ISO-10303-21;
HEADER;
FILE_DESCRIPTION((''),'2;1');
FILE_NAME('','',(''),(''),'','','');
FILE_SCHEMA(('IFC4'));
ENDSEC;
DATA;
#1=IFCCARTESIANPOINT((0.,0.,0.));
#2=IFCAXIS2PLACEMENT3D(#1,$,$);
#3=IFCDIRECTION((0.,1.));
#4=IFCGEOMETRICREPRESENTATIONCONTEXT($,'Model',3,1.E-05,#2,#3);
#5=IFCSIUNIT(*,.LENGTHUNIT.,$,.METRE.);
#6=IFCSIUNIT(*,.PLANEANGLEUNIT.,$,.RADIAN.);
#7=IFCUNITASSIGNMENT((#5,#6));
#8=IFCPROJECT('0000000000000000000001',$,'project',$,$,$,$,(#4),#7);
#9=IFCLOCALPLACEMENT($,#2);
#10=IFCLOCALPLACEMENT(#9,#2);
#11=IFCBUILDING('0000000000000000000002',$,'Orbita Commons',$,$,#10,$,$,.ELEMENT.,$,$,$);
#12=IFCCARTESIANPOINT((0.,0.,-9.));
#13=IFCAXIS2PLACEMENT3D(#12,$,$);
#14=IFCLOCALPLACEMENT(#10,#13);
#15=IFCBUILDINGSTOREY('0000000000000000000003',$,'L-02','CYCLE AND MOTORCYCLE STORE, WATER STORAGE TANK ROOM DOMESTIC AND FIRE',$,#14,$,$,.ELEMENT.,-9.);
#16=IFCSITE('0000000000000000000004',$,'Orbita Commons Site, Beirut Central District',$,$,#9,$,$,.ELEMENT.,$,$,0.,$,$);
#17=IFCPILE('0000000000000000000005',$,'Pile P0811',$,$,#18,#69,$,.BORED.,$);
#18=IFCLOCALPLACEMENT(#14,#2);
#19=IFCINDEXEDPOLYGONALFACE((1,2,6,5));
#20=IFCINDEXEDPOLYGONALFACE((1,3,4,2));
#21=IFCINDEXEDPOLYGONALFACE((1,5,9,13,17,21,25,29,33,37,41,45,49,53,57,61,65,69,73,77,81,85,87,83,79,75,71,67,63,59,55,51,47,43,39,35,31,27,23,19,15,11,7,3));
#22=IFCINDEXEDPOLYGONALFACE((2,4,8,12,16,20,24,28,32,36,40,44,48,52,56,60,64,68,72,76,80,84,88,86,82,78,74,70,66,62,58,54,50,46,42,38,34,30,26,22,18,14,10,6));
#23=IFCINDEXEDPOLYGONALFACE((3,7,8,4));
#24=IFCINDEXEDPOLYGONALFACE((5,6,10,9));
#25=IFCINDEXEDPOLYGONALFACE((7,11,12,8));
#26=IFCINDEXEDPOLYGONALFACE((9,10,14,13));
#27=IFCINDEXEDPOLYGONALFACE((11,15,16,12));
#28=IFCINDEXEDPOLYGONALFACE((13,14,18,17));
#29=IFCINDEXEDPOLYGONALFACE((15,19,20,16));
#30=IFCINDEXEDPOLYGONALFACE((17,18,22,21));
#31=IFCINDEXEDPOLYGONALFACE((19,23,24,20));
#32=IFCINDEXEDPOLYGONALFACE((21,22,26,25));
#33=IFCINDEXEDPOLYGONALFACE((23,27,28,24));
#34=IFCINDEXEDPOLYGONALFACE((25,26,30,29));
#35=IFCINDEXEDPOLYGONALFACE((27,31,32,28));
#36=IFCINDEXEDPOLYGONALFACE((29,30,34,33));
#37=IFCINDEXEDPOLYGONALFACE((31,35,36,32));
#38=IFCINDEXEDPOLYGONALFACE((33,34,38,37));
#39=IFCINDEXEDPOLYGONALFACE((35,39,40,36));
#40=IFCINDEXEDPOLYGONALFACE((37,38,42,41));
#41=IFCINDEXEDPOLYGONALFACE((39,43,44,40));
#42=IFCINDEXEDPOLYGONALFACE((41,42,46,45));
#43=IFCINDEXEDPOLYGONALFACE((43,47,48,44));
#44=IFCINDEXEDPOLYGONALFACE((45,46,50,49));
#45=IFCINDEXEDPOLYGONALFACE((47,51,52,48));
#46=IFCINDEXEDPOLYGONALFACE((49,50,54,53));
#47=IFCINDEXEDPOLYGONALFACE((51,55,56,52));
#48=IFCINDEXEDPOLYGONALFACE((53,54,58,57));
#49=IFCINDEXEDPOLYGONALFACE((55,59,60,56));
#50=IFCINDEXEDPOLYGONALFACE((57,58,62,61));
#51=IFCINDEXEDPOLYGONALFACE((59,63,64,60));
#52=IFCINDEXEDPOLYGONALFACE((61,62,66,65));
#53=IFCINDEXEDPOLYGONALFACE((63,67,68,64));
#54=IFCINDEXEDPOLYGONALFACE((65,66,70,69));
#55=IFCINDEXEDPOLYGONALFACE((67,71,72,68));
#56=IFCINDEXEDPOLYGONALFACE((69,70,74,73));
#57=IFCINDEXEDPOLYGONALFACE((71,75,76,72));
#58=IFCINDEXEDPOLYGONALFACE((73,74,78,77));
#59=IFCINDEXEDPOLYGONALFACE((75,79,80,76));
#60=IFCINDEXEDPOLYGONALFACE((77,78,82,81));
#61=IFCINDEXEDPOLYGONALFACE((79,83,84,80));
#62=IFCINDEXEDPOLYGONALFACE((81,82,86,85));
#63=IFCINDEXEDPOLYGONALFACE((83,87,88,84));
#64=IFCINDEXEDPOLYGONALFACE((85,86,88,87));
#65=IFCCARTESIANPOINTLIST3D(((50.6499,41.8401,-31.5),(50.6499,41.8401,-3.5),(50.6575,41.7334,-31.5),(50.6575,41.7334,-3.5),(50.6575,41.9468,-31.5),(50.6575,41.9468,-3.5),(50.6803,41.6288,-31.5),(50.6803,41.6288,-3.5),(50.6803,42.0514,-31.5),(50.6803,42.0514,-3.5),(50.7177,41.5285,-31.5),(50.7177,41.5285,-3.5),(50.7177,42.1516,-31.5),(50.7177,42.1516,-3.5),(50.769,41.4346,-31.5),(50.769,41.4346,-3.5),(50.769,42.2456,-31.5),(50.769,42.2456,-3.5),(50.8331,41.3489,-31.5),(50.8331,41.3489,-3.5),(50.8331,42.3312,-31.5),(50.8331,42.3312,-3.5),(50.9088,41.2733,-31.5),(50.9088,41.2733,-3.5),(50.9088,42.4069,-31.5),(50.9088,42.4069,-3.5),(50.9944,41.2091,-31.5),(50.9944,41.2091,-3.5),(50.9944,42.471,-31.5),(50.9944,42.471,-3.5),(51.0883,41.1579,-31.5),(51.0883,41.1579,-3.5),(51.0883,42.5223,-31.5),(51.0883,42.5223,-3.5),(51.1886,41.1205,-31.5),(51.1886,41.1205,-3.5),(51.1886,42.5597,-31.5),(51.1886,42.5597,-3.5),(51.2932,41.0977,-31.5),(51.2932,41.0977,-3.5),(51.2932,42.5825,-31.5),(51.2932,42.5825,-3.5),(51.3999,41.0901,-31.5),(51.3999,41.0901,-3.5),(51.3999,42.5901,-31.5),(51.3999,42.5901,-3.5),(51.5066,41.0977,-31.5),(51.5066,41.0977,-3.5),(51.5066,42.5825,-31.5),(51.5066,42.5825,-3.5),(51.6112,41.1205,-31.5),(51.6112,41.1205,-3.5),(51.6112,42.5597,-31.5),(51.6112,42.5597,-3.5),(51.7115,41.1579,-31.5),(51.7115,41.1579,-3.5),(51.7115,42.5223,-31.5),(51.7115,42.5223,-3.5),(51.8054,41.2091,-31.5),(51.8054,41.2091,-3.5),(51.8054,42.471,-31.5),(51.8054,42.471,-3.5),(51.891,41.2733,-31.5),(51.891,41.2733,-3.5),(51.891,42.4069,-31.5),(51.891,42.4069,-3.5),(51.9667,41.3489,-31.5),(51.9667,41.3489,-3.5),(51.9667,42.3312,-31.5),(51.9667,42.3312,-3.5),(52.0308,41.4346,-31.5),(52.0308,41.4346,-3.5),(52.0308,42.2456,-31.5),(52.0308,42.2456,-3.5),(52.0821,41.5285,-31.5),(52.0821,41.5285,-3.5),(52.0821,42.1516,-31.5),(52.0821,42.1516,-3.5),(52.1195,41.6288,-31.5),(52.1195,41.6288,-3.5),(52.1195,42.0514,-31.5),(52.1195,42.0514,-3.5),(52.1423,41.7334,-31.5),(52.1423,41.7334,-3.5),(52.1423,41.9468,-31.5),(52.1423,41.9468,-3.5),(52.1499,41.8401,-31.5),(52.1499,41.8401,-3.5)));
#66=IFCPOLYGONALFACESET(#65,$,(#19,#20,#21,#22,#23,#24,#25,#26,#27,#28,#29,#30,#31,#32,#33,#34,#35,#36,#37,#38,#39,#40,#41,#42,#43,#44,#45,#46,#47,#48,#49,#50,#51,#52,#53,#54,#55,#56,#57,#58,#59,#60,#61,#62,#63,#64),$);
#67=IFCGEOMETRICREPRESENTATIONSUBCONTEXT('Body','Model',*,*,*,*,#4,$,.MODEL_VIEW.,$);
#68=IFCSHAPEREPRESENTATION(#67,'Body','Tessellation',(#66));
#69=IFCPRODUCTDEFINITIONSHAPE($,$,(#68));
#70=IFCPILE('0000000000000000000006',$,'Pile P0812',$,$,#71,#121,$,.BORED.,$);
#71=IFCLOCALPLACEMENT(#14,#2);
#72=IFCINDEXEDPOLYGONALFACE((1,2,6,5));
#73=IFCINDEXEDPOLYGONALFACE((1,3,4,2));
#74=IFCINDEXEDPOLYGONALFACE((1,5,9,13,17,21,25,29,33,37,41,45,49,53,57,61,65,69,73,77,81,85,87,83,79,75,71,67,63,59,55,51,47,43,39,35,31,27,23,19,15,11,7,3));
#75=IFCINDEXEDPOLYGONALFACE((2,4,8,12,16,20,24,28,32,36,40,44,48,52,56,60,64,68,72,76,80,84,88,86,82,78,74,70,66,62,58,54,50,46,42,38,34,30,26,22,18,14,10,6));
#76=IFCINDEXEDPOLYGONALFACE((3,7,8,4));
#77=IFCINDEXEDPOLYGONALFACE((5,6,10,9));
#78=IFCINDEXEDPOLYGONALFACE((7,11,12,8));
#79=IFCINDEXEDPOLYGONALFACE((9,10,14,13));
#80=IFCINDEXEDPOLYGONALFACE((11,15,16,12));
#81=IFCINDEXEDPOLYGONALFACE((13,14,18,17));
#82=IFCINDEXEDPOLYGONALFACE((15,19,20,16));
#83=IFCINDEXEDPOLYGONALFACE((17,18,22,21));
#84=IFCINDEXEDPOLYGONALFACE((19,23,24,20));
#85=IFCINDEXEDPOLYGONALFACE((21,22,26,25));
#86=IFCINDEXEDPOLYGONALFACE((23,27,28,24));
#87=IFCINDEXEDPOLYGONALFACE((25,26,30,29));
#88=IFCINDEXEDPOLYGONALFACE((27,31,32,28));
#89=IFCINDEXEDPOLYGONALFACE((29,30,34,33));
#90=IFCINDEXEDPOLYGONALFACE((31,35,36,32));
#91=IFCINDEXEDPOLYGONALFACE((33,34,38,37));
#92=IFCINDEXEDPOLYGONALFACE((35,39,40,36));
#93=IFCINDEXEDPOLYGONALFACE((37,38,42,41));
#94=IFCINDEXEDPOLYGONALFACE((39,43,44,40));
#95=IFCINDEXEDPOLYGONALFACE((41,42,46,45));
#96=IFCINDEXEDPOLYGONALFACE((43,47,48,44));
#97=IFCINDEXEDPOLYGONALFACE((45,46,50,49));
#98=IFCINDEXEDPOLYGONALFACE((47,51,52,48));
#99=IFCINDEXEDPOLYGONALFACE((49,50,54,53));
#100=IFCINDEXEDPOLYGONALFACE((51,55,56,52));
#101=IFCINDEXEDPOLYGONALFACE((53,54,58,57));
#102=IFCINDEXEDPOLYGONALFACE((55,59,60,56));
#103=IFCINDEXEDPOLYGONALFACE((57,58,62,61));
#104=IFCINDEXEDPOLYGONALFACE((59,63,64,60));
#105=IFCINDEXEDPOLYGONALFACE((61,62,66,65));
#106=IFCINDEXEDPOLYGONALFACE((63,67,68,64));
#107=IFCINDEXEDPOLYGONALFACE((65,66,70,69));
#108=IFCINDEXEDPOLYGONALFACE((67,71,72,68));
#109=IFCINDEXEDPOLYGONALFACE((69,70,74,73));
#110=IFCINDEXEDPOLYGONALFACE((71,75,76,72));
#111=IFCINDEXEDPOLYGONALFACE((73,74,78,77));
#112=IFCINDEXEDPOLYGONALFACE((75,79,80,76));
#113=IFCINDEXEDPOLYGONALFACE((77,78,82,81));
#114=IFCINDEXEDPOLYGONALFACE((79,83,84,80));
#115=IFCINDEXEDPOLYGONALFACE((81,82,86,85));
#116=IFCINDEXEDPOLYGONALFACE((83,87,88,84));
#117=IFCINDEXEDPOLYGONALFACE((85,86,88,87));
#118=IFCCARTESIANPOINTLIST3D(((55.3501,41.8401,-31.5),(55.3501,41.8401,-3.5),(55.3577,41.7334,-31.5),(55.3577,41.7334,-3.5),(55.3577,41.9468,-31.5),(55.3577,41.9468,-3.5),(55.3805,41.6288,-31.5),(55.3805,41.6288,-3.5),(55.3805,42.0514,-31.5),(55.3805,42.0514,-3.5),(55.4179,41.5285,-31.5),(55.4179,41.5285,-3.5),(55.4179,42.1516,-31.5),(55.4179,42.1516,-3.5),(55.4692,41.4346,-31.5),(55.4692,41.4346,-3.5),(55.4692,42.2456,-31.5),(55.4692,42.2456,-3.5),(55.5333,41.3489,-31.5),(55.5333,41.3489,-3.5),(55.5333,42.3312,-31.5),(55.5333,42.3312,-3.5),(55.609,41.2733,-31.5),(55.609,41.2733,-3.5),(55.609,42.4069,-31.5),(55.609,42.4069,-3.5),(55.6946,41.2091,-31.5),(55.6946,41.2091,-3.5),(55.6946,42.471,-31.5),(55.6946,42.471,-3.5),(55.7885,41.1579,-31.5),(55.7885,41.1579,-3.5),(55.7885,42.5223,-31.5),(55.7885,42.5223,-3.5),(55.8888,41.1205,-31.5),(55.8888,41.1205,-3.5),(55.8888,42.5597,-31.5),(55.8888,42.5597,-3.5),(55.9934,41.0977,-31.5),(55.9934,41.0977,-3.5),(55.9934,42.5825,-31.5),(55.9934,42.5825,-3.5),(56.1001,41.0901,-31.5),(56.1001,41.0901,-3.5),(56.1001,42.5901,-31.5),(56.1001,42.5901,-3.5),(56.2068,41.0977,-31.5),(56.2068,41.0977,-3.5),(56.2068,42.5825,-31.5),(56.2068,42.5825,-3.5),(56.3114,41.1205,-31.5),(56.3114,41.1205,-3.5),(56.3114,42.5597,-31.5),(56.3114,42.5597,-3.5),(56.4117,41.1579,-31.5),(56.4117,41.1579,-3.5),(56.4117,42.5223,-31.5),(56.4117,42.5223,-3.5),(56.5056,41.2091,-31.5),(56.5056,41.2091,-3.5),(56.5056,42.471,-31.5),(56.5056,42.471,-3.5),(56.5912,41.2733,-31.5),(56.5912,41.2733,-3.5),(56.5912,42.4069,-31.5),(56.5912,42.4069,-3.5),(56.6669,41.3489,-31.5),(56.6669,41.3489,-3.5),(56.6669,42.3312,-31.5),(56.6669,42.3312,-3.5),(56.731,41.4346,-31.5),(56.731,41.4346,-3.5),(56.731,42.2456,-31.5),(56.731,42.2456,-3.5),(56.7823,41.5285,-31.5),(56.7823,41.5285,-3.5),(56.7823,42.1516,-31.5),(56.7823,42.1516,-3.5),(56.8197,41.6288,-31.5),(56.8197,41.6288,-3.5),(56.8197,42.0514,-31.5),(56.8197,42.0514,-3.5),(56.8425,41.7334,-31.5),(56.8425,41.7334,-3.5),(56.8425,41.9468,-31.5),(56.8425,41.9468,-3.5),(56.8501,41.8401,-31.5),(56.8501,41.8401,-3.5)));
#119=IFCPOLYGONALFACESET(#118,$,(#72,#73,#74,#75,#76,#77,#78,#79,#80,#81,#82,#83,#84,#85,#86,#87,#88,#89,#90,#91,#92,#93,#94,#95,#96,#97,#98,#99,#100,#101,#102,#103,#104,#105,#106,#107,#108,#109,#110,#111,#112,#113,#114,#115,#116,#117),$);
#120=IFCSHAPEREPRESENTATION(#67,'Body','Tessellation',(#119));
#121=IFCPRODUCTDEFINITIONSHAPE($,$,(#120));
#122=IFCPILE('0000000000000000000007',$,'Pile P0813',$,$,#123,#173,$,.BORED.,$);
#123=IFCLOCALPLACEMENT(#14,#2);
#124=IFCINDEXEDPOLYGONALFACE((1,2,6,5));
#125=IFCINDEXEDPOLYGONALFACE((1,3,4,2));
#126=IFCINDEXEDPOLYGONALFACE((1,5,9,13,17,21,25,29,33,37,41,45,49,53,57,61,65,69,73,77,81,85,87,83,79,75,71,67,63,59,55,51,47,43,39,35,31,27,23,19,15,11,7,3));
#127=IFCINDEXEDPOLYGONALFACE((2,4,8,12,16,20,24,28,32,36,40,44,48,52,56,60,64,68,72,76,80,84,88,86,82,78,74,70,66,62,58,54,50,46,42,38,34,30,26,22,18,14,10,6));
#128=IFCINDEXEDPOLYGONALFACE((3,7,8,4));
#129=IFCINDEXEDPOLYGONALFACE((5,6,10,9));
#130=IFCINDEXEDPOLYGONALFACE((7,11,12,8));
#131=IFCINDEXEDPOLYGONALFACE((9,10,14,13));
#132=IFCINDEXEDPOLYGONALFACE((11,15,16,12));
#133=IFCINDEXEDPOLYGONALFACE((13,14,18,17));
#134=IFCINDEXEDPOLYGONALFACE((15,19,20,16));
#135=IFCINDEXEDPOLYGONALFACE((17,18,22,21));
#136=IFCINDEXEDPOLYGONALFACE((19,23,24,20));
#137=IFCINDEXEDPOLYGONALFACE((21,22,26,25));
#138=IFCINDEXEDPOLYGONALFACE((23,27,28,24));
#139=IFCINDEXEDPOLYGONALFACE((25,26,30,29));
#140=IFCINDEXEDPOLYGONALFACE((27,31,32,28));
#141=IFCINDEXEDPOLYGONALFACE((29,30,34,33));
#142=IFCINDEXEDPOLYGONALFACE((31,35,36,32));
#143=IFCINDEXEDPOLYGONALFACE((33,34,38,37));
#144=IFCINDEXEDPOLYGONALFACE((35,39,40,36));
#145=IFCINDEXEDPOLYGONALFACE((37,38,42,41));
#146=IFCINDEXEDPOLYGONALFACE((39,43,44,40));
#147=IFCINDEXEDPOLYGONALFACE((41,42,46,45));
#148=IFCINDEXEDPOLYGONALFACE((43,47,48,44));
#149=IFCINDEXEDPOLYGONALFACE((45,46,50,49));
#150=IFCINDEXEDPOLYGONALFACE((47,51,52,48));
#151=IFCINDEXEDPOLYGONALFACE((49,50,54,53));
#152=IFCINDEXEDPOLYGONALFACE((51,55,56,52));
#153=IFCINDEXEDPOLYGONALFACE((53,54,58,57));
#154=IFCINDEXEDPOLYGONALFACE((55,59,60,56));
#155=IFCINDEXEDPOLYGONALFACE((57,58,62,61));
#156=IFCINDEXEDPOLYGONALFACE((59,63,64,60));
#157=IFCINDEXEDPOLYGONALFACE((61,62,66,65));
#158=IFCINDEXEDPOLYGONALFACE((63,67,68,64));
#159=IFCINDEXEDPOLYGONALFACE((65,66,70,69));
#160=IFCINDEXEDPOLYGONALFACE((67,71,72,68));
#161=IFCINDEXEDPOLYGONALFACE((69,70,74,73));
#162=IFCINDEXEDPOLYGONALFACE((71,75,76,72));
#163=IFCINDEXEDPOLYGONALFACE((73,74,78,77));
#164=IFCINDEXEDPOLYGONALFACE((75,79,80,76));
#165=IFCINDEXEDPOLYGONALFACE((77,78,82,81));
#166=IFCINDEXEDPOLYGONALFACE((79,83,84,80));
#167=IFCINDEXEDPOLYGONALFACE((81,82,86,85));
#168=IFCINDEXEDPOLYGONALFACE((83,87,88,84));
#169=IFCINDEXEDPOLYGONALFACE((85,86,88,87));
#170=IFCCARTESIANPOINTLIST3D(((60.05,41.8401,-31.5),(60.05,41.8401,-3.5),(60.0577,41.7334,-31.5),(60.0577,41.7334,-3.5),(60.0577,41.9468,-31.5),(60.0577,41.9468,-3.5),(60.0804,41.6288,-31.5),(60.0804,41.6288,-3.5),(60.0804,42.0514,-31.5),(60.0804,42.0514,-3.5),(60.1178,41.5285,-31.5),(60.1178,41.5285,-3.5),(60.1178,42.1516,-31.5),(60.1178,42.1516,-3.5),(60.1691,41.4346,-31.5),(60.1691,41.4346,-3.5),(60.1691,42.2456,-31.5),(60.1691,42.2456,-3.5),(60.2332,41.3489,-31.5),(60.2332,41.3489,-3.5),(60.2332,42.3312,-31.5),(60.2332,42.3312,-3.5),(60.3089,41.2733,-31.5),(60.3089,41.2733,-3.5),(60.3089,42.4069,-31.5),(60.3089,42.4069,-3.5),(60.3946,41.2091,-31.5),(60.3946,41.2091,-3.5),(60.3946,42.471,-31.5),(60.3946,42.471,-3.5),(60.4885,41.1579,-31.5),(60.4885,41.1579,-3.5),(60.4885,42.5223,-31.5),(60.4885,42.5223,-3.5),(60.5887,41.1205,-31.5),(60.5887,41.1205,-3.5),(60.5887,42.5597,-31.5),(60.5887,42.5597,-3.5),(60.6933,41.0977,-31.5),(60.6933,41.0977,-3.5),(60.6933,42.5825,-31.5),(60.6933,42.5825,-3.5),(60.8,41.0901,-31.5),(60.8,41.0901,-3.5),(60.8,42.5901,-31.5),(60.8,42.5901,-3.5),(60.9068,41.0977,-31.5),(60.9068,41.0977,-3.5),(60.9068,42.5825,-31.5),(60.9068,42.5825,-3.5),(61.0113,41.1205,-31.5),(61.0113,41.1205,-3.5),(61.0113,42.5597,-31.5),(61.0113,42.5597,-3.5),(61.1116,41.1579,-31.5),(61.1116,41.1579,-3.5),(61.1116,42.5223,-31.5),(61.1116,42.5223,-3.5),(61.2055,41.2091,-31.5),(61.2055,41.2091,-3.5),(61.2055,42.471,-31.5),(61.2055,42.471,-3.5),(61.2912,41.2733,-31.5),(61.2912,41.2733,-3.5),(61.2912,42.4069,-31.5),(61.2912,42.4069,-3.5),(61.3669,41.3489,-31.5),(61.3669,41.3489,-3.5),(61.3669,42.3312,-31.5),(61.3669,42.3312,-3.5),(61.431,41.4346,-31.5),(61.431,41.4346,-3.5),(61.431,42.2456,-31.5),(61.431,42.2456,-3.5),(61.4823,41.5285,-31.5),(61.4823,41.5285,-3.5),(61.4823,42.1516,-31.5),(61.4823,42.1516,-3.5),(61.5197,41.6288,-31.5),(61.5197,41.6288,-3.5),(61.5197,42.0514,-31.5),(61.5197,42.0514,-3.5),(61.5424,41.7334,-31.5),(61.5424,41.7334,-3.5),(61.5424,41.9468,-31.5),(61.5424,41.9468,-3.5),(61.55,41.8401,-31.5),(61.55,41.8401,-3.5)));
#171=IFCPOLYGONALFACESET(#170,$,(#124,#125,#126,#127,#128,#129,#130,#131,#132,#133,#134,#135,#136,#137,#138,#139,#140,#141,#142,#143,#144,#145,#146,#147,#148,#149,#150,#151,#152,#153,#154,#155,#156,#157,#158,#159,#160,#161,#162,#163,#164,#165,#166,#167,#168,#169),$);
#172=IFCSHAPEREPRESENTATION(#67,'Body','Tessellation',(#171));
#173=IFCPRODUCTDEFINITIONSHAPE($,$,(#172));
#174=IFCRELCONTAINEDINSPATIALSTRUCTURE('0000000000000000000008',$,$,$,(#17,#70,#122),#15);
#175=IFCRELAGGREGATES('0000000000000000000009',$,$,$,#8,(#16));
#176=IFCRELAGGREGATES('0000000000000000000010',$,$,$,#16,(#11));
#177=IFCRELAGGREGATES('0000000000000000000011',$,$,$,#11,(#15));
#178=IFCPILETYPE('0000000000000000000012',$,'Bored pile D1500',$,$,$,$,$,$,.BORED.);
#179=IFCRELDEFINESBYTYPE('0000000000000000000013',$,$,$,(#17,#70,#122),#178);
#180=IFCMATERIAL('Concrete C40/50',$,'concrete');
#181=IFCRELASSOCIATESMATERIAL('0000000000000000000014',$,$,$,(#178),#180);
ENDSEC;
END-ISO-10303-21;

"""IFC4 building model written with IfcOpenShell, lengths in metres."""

from ifc_helpers import new_model, si_unit, direction, frame, origin, origin_2d, place, context, subcontext, project, spatial, circle, extrude, material, material_profile, profile_set, type_object, element, save


model = new_model("IFC4")

# Units and contexts
model_context = context("Model", 3, precision=1e-05, world=origin(), true_north=direction((0.0, 1.0)))
body_context = subcontext(model_context, "Body", "Model", "MODEL_VIEW")
ifc_project = project(units=[si_unit("LENGTHUNIT", "METRE"), si_unit("PLANEANGLEUNIT", "RADIAN")], contexts=[model_context])

# Site, building, storey
site_placement = place(None, origin())
site = spatial("IfcSite", under=ifc_project, at=site_placement, Name="Orbita Commons Site, Beirut Central District", CompositionType="ELEMENT", RefElevation=0.0)
building_placement = place(site_placement, origin())
building = spatial("IfcBuilding", under=site, at=building_placement, Name="Orbita Commons", CompositionType="ELEMENT")
storey_placement = place(building_placement, frame((0.0, 0.0, -9.0)))
storey = spatial("IfcBuildingStorey", under=building, at=storey_placement, Name="L-02", Description="CYCLE AND MOTORCYCLE STORE, WATER STORAGE TANK ROOM DOMESTIC AND FIRE", CompositionType="ELEMENT", Elevation=-9.0)

# Piles
ifc_material_1 = material(Name="Concrete C40/50", Category="concrete")
ifc_material_profile = material_profile(ifc_material_1, circle(Radius=0.75, at=origin_2d()), Name="RC D1500")
ifc_profile_set = profile_set([ifc_material_profile], Name="Concrete C40/50")
pile_type = type_object("IfcPileType", Name="Bored pile D1500", PredefinedType="BORED", material=ifc_profile_set)
for number, where, z_axis, x_axis, name in (
    (1, (51.3999, 41.8401, -3.5), (0.0, 0.0, -1.0), (1.0, 0.0, 0.0), "Pile P0811"),
    (2, (56.1001, 41.8401, -3.5), (0.0, 0.0, -1.0), (1.0, 0.0, 0.0), "Pile P0812"),
    (3, (60.8, 41.8401, -3.5), (0.0, 0.0, -1.0), (1.0, 0.0, 0.0), "Pile P0813"),
):
    element("IfcPile", number, at=place(storey_placement, frame(where, z_axis=z_axis, x_axis=x_axis)), inside=storey, type_object=pile_type, Name=name, PredefinedType="BORED", context=body_context, shape_type="SweptSolid", body=[
        extrude(circle(Radius=0.75, at=origin_2d()), origin(), (0.0, 0.0, 1.0), 28.0),
    ])

save(model, "model.ifc")
